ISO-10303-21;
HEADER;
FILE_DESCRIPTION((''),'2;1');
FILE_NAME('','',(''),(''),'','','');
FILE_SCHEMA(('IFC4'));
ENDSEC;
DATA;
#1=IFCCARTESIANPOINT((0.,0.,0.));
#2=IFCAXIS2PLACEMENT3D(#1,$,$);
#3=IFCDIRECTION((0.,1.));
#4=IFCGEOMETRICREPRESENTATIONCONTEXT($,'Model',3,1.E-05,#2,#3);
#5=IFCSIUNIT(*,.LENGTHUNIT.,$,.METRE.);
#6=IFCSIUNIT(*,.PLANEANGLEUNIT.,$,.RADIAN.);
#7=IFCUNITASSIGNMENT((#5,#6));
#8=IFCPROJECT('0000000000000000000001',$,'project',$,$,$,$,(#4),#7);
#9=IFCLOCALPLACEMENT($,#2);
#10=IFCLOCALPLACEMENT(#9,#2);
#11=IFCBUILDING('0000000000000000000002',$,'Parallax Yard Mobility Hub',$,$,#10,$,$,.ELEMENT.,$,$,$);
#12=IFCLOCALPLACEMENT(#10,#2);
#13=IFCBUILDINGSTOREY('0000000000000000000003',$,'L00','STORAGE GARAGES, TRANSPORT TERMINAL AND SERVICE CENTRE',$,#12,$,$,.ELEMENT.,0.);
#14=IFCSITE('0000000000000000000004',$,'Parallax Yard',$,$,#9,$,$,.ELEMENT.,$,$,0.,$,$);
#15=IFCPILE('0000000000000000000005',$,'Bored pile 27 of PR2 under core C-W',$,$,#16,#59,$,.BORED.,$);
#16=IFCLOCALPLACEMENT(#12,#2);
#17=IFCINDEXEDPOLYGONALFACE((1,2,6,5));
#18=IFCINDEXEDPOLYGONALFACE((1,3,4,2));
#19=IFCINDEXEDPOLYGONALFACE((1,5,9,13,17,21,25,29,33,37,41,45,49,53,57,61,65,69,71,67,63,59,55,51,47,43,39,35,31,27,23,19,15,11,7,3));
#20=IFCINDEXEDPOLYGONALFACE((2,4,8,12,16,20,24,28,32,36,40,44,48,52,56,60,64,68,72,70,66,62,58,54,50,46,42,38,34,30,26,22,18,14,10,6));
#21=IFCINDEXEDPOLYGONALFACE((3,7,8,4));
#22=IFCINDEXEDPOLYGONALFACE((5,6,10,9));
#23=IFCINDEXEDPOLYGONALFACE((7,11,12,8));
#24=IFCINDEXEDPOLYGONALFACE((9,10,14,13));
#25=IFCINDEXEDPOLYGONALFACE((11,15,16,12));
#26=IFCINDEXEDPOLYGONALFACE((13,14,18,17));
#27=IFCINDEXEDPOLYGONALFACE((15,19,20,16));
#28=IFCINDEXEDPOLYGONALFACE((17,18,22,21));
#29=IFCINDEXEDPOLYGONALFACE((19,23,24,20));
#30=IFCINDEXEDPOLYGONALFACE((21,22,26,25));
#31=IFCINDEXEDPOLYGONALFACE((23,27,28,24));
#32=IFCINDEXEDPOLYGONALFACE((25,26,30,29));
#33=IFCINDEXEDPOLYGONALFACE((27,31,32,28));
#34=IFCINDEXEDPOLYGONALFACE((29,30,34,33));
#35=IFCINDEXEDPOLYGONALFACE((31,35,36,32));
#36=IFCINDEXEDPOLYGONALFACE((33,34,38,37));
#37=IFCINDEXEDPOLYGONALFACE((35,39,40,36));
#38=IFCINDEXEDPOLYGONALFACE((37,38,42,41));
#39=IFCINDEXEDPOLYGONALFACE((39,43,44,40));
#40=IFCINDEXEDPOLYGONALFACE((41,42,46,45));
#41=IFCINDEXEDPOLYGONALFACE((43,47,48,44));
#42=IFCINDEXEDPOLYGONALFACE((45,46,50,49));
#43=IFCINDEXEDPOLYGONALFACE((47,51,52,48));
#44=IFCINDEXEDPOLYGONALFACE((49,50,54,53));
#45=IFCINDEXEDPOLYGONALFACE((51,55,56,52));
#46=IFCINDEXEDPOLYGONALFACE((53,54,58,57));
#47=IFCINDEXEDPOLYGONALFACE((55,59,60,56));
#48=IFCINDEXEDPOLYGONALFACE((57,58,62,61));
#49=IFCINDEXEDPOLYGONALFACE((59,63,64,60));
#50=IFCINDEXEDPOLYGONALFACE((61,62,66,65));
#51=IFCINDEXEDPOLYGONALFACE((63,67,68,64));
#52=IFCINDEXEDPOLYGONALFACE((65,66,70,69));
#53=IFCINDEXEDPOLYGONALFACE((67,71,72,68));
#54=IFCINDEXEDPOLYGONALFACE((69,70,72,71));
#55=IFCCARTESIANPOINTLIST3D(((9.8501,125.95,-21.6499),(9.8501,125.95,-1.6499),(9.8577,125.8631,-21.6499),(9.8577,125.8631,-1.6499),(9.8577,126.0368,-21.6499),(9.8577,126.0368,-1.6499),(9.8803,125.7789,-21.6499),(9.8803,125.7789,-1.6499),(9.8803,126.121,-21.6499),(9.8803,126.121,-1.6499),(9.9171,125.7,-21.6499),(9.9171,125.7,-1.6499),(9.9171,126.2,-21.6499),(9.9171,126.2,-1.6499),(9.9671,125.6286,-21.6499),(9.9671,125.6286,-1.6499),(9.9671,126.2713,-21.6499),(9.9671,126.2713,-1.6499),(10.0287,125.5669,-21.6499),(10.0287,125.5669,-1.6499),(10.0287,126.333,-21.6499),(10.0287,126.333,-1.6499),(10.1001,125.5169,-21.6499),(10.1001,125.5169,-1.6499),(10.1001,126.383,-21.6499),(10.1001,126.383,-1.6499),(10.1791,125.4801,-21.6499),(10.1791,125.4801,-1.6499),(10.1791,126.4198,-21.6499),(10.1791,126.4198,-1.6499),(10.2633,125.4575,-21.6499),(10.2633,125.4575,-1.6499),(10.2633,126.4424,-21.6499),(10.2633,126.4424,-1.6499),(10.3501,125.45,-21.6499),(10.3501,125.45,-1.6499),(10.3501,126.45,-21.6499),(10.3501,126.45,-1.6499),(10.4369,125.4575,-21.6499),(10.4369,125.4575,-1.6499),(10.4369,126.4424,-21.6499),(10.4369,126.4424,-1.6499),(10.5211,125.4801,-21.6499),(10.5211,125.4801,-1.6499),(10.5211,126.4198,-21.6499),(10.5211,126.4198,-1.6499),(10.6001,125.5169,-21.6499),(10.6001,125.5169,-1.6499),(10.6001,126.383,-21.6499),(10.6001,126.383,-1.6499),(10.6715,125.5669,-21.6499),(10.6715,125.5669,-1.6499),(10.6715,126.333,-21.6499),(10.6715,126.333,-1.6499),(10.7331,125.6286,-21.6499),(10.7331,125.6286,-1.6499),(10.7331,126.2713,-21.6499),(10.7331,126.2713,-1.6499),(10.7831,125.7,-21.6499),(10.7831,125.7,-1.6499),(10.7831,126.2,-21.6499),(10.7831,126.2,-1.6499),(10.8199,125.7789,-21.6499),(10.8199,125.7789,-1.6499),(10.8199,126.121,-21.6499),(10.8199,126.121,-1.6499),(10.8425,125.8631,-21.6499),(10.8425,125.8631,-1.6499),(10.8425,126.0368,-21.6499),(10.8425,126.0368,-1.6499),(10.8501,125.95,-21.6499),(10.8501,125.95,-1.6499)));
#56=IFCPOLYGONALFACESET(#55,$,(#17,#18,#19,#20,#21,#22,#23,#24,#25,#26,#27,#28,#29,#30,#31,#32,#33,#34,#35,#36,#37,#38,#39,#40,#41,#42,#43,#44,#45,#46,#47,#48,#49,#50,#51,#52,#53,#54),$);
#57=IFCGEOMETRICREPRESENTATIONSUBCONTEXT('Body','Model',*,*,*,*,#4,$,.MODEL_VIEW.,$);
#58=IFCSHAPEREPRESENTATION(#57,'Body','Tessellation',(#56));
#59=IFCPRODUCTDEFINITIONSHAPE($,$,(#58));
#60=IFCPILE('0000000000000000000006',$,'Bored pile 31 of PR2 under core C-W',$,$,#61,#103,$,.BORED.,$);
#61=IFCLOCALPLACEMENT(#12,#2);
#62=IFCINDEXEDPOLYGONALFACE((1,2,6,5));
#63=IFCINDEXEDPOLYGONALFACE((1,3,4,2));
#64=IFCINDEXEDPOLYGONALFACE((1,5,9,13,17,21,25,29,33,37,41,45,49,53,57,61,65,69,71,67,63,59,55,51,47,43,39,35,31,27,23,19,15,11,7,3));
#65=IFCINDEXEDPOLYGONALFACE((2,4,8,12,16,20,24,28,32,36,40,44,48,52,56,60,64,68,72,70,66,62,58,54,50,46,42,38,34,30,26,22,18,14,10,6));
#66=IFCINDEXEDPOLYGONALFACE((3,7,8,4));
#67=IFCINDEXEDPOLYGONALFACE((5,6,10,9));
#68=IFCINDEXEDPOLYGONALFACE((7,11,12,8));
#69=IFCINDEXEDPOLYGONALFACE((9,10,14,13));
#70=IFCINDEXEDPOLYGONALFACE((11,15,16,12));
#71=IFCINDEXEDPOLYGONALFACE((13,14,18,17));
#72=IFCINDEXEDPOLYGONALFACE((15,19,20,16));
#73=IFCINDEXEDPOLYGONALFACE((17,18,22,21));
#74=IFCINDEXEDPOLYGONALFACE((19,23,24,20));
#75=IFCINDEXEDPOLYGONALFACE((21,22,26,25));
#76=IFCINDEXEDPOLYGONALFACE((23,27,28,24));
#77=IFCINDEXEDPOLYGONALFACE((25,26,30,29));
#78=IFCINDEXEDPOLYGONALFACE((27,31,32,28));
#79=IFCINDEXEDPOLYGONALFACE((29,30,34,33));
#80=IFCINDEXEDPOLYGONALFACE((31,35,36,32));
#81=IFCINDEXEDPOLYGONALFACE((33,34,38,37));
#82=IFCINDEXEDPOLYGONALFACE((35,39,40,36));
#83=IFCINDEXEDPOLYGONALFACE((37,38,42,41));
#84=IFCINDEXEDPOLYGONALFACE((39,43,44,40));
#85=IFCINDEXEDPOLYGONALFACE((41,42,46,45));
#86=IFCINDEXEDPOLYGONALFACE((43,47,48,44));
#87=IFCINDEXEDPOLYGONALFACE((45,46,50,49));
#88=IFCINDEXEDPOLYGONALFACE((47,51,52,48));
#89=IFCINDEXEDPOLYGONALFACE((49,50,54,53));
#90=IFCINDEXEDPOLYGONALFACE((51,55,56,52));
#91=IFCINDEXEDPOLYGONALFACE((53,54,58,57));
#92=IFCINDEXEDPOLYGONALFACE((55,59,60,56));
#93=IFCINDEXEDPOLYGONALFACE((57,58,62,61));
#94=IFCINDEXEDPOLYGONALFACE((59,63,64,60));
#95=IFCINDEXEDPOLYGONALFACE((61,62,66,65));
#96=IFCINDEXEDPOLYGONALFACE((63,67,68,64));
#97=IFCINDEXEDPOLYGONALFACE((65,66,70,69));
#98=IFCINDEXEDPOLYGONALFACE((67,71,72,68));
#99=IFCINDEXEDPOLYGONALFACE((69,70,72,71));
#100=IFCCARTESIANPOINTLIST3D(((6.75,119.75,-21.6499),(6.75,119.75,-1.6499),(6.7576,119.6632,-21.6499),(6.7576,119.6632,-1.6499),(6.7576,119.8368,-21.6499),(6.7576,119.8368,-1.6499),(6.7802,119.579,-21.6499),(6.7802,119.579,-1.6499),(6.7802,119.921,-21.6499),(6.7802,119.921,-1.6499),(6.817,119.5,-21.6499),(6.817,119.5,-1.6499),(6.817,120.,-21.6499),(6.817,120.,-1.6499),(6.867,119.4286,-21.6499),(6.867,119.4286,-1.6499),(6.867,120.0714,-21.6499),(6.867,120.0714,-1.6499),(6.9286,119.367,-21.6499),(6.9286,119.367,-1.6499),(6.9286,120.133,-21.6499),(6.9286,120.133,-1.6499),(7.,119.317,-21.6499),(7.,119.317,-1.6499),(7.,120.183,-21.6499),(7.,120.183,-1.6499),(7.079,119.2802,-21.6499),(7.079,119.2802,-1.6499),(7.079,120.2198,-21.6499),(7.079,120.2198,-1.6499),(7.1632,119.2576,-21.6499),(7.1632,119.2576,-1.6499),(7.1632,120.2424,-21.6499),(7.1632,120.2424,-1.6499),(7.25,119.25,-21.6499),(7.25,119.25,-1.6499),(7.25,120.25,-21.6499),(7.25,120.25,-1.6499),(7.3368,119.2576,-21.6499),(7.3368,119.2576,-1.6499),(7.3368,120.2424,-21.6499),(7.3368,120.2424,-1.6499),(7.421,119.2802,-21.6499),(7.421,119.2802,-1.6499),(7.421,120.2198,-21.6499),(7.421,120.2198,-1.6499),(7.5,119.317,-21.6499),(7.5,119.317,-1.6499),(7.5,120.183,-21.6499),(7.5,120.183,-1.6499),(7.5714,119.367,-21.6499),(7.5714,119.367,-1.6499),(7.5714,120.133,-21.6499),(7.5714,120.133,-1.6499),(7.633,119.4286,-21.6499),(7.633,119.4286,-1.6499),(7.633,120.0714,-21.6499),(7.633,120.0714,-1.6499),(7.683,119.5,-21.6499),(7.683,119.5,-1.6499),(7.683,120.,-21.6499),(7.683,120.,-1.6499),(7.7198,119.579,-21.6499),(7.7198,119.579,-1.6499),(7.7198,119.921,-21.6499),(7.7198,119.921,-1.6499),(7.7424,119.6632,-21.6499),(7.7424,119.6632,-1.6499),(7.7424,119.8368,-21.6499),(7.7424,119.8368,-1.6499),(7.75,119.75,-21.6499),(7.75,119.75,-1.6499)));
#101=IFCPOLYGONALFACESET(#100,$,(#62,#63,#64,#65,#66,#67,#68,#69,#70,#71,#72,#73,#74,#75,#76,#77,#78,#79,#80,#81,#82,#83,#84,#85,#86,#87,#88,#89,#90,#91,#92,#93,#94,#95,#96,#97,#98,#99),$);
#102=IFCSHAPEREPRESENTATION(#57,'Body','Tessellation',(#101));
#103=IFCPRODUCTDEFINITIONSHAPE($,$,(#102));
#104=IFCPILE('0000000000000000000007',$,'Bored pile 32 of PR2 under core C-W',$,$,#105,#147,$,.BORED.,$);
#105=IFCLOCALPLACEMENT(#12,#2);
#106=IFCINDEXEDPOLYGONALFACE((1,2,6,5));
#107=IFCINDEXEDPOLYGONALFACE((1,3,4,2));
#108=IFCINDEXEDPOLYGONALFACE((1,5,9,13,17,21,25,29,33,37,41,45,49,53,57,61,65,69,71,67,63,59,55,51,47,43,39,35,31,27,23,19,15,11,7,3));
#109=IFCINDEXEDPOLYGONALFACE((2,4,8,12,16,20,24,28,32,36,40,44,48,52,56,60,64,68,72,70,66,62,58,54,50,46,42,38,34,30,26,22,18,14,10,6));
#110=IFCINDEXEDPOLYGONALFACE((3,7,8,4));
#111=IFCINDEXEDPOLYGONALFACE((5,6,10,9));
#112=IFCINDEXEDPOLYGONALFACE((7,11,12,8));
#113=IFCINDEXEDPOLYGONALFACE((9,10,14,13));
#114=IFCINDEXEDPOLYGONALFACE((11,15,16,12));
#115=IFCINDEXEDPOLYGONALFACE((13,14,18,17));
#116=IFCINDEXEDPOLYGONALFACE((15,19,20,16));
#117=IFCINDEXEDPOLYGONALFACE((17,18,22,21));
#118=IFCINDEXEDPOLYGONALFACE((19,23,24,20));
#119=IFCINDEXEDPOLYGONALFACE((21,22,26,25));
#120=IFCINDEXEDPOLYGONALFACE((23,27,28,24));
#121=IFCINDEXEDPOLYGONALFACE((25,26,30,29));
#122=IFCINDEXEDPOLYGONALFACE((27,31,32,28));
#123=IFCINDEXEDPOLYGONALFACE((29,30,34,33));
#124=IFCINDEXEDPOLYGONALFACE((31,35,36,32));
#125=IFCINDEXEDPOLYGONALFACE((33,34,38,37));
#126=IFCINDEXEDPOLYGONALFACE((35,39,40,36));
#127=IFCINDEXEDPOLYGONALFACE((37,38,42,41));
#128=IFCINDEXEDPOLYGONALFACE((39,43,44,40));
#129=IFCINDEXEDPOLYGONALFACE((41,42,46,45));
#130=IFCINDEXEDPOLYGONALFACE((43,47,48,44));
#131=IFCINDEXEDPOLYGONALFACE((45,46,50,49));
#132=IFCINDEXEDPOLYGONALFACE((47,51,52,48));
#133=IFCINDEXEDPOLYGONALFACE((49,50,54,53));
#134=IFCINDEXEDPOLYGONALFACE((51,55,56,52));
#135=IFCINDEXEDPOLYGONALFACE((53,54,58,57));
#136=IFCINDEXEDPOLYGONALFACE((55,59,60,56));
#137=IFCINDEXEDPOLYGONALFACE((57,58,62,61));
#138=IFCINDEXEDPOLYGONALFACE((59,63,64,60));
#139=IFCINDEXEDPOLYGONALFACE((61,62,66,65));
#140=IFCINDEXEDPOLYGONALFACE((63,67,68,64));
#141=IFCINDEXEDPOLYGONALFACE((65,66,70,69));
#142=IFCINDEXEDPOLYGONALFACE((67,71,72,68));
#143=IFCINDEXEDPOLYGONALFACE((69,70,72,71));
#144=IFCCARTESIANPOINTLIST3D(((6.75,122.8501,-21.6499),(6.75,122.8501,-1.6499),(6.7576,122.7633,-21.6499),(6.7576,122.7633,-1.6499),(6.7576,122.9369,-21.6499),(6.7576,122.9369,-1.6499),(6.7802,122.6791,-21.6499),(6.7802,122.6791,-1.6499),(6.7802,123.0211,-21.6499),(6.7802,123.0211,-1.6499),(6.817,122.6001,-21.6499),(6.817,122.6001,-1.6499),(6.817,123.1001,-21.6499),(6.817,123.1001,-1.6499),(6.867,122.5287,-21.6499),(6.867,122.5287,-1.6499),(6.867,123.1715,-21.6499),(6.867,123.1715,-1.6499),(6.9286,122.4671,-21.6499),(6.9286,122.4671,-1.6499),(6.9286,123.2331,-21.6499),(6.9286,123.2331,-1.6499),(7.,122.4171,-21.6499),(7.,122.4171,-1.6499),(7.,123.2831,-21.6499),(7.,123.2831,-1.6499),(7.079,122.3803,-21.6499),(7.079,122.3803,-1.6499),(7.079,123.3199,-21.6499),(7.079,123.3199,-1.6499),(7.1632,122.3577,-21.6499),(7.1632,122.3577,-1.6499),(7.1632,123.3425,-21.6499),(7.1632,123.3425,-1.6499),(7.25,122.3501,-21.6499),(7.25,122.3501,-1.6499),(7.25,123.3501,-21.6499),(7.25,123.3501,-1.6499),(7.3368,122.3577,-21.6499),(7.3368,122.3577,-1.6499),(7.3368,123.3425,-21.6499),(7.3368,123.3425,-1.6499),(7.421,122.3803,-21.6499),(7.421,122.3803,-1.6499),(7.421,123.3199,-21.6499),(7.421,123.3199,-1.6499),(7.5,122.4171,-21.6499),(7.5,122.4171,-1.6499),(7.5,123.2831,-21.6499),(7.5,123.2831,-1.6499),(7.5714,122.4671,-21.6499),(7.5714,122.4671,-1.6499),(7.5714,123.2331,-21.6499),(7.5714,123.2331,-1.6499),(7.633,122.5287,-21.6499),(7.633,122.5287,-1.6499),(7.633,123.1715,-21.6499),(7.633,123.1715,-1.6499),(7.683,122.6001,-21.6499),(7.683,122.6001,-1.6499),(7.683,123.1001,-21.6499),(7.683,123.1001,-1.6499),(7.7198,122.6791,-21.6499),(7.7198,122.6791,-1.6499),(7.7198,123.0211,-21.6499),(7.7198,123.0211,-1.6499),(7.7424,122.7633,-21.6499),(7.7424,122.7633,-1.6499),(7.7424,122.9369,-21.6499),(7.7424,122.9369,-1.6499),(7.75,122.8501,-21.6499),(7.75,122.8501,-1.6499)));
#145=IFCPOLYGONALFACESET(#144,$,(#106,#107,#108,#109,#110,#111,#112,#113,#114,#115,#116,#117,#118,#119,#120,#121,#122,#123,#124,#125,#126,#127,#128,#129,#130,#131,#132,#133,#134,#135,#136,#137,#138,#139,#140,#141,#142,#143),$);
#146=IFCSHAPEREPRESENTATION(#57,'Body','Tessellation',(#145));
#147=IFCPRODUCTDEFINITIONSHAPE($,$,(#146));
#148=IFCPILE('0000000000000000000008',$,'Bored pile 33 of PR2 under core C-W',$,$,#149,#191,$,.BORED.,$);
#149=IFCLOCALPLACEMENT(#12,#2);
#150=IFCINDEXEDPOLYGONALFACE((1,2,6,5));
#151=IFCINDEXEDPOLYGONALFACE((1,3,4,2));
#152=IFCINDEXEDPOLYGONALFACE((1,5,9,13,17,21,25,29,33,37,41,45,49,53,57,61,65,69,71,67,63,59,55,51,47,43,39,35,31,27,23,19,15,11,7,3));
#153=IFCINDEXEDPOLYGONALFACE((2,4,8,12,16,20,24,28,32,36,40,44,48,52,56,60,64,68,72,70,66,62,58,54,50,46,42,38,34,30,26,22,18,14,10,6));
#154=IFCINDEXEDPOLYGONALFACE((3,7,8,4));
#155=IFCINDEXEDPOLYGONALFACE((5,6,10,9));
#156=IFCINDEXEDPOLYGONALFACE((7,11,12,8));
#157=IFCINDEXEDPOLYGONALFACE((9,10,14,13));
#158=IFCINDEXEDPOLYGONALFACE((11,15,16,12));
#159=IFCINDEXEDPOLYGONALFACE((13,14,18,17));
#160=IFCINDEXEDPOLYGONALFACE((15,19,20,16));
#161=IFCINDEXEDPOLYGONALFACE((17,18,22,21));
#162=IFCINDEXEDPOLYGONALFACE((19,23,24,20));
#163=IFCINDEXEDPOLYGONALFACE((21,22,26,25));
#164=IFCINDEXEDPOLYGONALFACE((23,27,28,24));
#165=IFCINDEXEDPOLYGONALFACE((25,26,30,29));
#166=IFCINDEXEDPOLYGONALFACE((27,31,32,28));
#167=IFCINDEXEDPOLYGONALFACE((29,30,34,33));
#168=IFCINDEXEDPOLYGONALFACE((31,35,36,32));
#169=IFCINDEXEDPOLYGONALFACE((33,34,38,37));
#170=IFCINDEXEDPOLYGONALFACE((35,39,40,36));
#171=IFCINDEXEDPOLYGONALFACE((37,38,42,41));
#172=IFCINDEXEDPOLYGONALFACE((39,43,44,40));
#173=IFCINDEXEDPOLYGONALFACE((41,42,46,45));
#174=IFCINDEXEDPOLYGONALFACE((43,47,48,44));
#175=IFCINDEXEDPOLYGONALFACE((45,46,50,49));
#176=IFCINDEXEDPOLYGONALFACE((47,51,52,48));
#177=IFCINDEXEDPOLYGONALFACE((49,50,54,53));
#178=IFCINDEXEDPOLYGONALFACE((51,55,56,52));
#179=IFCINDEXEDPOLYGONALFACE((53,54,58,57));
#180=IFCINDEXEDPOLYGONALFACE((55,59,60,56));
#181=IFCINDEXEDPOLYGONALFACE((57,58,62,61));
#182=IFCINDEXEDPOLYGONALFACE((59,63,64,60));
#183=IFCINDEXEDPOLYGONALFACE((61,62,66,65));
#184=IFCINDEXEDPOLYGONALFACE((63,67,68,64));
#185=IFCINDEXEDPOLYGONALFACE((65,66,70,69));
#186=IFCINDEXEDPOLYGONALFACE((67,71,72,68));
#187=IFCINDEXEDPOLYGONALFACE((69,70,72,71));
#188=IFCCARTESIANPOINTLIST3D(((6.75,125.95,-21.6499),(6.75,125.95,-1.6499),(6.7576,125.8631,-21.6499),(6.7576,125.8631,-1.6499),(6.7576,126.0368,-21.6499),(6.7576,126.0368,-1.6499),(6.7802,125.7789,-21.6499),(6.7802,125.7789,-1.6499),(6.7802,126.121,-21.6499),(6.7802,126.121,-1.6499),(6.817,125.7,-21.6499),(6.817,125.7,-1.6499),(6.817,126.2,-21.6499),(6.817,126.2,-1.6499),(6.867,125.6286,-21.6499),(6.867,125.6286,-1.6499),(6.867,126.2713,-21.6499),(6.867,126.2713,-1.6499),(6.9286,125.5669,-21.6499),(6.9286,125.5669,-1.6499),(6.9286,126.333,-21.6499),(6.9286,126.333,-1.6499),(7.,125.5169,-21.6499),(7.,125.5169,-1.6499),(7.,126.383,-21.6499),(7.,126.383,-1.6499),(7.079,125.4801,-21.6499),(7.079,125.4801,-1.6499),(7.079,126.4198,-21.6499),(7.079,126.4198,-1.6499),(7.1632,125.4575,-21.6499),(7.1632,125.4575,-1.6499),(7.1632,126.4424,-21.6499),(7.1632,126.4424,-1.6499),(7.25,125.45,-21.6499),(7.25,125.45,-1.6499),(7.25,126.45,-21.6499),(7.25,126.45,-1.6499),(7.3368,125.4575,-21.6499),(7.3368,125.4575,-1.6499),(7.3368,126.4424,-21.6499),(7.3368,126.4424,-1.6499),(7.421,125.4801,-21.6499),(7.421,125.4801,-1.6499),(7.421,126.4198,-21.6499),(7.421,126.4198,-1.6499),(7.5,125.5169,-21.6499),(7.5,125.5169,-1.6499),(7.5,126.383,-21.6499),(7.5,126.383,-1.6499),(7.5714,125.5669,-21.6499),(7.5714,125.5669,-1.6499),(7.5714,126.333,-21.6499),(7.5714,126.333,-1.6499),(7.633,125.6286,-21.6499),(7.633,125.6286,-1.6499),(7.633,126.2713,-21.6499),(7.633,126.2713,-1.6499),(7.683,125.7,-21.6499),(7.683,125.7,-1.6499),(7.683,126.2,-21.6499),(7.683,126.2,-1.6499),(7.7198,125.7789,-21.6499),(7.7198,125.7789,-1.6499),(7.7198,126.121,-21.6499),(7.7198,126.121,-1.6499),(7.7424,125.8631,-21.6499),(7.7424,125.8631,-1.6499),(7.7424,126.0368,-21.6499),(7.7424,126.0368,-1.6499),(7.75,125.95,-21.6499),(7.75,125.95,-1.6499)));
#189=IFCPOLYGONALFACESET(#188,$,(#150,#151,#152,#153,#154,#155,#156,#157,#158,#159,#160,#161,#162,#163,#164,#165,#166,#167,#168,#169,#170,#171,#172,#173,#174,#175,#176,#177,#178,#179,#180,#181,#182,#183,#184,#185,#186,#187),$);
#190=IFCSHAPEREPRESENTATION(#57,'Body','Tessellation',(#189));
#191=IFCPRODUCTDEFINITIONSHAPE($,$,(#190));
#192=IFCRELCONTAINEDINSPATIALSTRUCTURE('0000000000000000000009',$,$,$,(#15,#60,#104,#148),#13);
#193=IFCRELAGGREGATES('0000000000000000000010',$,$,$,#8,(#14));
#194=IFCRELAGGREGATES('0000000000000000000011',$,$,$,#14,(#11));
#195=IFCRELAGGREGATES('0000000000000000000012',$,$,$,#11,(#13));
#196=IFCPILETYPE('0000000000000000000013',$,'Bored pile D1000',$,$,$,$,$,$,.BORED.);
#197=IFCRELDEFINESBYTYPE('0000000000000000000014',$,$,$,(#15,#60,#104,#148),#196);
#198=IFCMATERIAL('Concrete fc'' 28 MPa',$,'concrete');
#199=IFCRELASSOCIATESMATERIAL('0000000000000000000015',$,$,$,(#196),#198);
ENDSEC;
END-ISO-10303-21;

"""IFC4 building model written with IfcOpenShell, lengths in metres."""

from ifc_helpers import new_model, si_unit, direction, frame, origin, origin_2d, place, context, subcontext, project, spatial, circle, extrude, material, material_profile, profile_set, type_object, element, save


model = new_model("IFC4")

# Units and contexts
model_context = context("Model", 3, precision=1e-05, world=origin(), true_north=direction((0.0, 1.0)))
body_context = subcontext(model_context, "Body", "Model", "MODEL_VIEW")
ifc_project = project(units=[si_unit("LENGTHUNIT", "METRE"), si_unit("PLANEANGLEUNIT", "RADIAN")], contexts=[model_context])

# Site, building, storey
site_placement = place(None, origin())
site = spatial("IfcSite", under=ifc_project, at=site_placement, Name="Parallax Yard", CompositionType="ELEMENT", RefElevation=0.0)
building_placement = place(site_placement, origin())
building = spatial("IfcBuilding", under=site, at=building_placement, Name="Parallax Yard Mobility Hub", CompositionType="ELEMENT")
storey_placement = place(building_placement, origin())
storey = spatial("IfcBuildingStorey", under=building, at=storey_placement, Name="L00", Description="STORAGE GARAGES, TRANSPORT TERMINAL AND SERVICE CENTRE", CompositionType="ELEMENT", Elevation=0.0)

# Piles
ifc_material_1 = material(Name="Concrete fc' 28 MPa", Category="concrete")
ifc_material_profile = material_profile(ifc_material_1, circle(Radius=0.5, at=origin_2d()), Name="Bored pile D1000")
ifc_profile_set = profile_set([ifc_material_profile], Name="Concrete fc' 28 MPa")
pile_type = type_object("IfcPileType", Name="Bored pile D1000", PredefinedType="BORED", material=ifc_profile_set)
for number, where, z_axis, x_axis, name in (
    (1, (10.3501, 125.95, -1.6499), (0.0, 0.0, -1.0), (1.0, 0.0, 0.0), "Bored pile 27 of PR2 under core C-W"),
    (2, (7.25, 119.75, -1.6499), (0.0, 0.0, -1.0), (1.0, 0.0, 0.0), "Bored pile 31 of PR2 under core C-W"),
    (3, (7.25, 122.8501, -1.6499), (0.0, 0.0, -1.0), (1.0, 0.0, 0.0), "Bored pile 32 of PR2 under core C-W"),
    (4, (7.25, 125.95, -1.6499), (0.0, 0.0, -1.0), (1.0, 0.0, 0.0), "Bored pile 33 of PR2 under core C-W"),
):
    element("IfcPile", number, at=place(storey_placement, frame(where, z_axis=z_axis, x_axis=x_axis)), inside=storey, type_object=pile_type, Name=name, PredefinedType="BORED", context=body_context, shape_type="SweptSolid", body=[
        extrude(circle(Radius=0.5, at=origin_2d()), origin(), (0.0, 0.0, 1.0), 20.0),
    ])

save(model, "model.ifc")
